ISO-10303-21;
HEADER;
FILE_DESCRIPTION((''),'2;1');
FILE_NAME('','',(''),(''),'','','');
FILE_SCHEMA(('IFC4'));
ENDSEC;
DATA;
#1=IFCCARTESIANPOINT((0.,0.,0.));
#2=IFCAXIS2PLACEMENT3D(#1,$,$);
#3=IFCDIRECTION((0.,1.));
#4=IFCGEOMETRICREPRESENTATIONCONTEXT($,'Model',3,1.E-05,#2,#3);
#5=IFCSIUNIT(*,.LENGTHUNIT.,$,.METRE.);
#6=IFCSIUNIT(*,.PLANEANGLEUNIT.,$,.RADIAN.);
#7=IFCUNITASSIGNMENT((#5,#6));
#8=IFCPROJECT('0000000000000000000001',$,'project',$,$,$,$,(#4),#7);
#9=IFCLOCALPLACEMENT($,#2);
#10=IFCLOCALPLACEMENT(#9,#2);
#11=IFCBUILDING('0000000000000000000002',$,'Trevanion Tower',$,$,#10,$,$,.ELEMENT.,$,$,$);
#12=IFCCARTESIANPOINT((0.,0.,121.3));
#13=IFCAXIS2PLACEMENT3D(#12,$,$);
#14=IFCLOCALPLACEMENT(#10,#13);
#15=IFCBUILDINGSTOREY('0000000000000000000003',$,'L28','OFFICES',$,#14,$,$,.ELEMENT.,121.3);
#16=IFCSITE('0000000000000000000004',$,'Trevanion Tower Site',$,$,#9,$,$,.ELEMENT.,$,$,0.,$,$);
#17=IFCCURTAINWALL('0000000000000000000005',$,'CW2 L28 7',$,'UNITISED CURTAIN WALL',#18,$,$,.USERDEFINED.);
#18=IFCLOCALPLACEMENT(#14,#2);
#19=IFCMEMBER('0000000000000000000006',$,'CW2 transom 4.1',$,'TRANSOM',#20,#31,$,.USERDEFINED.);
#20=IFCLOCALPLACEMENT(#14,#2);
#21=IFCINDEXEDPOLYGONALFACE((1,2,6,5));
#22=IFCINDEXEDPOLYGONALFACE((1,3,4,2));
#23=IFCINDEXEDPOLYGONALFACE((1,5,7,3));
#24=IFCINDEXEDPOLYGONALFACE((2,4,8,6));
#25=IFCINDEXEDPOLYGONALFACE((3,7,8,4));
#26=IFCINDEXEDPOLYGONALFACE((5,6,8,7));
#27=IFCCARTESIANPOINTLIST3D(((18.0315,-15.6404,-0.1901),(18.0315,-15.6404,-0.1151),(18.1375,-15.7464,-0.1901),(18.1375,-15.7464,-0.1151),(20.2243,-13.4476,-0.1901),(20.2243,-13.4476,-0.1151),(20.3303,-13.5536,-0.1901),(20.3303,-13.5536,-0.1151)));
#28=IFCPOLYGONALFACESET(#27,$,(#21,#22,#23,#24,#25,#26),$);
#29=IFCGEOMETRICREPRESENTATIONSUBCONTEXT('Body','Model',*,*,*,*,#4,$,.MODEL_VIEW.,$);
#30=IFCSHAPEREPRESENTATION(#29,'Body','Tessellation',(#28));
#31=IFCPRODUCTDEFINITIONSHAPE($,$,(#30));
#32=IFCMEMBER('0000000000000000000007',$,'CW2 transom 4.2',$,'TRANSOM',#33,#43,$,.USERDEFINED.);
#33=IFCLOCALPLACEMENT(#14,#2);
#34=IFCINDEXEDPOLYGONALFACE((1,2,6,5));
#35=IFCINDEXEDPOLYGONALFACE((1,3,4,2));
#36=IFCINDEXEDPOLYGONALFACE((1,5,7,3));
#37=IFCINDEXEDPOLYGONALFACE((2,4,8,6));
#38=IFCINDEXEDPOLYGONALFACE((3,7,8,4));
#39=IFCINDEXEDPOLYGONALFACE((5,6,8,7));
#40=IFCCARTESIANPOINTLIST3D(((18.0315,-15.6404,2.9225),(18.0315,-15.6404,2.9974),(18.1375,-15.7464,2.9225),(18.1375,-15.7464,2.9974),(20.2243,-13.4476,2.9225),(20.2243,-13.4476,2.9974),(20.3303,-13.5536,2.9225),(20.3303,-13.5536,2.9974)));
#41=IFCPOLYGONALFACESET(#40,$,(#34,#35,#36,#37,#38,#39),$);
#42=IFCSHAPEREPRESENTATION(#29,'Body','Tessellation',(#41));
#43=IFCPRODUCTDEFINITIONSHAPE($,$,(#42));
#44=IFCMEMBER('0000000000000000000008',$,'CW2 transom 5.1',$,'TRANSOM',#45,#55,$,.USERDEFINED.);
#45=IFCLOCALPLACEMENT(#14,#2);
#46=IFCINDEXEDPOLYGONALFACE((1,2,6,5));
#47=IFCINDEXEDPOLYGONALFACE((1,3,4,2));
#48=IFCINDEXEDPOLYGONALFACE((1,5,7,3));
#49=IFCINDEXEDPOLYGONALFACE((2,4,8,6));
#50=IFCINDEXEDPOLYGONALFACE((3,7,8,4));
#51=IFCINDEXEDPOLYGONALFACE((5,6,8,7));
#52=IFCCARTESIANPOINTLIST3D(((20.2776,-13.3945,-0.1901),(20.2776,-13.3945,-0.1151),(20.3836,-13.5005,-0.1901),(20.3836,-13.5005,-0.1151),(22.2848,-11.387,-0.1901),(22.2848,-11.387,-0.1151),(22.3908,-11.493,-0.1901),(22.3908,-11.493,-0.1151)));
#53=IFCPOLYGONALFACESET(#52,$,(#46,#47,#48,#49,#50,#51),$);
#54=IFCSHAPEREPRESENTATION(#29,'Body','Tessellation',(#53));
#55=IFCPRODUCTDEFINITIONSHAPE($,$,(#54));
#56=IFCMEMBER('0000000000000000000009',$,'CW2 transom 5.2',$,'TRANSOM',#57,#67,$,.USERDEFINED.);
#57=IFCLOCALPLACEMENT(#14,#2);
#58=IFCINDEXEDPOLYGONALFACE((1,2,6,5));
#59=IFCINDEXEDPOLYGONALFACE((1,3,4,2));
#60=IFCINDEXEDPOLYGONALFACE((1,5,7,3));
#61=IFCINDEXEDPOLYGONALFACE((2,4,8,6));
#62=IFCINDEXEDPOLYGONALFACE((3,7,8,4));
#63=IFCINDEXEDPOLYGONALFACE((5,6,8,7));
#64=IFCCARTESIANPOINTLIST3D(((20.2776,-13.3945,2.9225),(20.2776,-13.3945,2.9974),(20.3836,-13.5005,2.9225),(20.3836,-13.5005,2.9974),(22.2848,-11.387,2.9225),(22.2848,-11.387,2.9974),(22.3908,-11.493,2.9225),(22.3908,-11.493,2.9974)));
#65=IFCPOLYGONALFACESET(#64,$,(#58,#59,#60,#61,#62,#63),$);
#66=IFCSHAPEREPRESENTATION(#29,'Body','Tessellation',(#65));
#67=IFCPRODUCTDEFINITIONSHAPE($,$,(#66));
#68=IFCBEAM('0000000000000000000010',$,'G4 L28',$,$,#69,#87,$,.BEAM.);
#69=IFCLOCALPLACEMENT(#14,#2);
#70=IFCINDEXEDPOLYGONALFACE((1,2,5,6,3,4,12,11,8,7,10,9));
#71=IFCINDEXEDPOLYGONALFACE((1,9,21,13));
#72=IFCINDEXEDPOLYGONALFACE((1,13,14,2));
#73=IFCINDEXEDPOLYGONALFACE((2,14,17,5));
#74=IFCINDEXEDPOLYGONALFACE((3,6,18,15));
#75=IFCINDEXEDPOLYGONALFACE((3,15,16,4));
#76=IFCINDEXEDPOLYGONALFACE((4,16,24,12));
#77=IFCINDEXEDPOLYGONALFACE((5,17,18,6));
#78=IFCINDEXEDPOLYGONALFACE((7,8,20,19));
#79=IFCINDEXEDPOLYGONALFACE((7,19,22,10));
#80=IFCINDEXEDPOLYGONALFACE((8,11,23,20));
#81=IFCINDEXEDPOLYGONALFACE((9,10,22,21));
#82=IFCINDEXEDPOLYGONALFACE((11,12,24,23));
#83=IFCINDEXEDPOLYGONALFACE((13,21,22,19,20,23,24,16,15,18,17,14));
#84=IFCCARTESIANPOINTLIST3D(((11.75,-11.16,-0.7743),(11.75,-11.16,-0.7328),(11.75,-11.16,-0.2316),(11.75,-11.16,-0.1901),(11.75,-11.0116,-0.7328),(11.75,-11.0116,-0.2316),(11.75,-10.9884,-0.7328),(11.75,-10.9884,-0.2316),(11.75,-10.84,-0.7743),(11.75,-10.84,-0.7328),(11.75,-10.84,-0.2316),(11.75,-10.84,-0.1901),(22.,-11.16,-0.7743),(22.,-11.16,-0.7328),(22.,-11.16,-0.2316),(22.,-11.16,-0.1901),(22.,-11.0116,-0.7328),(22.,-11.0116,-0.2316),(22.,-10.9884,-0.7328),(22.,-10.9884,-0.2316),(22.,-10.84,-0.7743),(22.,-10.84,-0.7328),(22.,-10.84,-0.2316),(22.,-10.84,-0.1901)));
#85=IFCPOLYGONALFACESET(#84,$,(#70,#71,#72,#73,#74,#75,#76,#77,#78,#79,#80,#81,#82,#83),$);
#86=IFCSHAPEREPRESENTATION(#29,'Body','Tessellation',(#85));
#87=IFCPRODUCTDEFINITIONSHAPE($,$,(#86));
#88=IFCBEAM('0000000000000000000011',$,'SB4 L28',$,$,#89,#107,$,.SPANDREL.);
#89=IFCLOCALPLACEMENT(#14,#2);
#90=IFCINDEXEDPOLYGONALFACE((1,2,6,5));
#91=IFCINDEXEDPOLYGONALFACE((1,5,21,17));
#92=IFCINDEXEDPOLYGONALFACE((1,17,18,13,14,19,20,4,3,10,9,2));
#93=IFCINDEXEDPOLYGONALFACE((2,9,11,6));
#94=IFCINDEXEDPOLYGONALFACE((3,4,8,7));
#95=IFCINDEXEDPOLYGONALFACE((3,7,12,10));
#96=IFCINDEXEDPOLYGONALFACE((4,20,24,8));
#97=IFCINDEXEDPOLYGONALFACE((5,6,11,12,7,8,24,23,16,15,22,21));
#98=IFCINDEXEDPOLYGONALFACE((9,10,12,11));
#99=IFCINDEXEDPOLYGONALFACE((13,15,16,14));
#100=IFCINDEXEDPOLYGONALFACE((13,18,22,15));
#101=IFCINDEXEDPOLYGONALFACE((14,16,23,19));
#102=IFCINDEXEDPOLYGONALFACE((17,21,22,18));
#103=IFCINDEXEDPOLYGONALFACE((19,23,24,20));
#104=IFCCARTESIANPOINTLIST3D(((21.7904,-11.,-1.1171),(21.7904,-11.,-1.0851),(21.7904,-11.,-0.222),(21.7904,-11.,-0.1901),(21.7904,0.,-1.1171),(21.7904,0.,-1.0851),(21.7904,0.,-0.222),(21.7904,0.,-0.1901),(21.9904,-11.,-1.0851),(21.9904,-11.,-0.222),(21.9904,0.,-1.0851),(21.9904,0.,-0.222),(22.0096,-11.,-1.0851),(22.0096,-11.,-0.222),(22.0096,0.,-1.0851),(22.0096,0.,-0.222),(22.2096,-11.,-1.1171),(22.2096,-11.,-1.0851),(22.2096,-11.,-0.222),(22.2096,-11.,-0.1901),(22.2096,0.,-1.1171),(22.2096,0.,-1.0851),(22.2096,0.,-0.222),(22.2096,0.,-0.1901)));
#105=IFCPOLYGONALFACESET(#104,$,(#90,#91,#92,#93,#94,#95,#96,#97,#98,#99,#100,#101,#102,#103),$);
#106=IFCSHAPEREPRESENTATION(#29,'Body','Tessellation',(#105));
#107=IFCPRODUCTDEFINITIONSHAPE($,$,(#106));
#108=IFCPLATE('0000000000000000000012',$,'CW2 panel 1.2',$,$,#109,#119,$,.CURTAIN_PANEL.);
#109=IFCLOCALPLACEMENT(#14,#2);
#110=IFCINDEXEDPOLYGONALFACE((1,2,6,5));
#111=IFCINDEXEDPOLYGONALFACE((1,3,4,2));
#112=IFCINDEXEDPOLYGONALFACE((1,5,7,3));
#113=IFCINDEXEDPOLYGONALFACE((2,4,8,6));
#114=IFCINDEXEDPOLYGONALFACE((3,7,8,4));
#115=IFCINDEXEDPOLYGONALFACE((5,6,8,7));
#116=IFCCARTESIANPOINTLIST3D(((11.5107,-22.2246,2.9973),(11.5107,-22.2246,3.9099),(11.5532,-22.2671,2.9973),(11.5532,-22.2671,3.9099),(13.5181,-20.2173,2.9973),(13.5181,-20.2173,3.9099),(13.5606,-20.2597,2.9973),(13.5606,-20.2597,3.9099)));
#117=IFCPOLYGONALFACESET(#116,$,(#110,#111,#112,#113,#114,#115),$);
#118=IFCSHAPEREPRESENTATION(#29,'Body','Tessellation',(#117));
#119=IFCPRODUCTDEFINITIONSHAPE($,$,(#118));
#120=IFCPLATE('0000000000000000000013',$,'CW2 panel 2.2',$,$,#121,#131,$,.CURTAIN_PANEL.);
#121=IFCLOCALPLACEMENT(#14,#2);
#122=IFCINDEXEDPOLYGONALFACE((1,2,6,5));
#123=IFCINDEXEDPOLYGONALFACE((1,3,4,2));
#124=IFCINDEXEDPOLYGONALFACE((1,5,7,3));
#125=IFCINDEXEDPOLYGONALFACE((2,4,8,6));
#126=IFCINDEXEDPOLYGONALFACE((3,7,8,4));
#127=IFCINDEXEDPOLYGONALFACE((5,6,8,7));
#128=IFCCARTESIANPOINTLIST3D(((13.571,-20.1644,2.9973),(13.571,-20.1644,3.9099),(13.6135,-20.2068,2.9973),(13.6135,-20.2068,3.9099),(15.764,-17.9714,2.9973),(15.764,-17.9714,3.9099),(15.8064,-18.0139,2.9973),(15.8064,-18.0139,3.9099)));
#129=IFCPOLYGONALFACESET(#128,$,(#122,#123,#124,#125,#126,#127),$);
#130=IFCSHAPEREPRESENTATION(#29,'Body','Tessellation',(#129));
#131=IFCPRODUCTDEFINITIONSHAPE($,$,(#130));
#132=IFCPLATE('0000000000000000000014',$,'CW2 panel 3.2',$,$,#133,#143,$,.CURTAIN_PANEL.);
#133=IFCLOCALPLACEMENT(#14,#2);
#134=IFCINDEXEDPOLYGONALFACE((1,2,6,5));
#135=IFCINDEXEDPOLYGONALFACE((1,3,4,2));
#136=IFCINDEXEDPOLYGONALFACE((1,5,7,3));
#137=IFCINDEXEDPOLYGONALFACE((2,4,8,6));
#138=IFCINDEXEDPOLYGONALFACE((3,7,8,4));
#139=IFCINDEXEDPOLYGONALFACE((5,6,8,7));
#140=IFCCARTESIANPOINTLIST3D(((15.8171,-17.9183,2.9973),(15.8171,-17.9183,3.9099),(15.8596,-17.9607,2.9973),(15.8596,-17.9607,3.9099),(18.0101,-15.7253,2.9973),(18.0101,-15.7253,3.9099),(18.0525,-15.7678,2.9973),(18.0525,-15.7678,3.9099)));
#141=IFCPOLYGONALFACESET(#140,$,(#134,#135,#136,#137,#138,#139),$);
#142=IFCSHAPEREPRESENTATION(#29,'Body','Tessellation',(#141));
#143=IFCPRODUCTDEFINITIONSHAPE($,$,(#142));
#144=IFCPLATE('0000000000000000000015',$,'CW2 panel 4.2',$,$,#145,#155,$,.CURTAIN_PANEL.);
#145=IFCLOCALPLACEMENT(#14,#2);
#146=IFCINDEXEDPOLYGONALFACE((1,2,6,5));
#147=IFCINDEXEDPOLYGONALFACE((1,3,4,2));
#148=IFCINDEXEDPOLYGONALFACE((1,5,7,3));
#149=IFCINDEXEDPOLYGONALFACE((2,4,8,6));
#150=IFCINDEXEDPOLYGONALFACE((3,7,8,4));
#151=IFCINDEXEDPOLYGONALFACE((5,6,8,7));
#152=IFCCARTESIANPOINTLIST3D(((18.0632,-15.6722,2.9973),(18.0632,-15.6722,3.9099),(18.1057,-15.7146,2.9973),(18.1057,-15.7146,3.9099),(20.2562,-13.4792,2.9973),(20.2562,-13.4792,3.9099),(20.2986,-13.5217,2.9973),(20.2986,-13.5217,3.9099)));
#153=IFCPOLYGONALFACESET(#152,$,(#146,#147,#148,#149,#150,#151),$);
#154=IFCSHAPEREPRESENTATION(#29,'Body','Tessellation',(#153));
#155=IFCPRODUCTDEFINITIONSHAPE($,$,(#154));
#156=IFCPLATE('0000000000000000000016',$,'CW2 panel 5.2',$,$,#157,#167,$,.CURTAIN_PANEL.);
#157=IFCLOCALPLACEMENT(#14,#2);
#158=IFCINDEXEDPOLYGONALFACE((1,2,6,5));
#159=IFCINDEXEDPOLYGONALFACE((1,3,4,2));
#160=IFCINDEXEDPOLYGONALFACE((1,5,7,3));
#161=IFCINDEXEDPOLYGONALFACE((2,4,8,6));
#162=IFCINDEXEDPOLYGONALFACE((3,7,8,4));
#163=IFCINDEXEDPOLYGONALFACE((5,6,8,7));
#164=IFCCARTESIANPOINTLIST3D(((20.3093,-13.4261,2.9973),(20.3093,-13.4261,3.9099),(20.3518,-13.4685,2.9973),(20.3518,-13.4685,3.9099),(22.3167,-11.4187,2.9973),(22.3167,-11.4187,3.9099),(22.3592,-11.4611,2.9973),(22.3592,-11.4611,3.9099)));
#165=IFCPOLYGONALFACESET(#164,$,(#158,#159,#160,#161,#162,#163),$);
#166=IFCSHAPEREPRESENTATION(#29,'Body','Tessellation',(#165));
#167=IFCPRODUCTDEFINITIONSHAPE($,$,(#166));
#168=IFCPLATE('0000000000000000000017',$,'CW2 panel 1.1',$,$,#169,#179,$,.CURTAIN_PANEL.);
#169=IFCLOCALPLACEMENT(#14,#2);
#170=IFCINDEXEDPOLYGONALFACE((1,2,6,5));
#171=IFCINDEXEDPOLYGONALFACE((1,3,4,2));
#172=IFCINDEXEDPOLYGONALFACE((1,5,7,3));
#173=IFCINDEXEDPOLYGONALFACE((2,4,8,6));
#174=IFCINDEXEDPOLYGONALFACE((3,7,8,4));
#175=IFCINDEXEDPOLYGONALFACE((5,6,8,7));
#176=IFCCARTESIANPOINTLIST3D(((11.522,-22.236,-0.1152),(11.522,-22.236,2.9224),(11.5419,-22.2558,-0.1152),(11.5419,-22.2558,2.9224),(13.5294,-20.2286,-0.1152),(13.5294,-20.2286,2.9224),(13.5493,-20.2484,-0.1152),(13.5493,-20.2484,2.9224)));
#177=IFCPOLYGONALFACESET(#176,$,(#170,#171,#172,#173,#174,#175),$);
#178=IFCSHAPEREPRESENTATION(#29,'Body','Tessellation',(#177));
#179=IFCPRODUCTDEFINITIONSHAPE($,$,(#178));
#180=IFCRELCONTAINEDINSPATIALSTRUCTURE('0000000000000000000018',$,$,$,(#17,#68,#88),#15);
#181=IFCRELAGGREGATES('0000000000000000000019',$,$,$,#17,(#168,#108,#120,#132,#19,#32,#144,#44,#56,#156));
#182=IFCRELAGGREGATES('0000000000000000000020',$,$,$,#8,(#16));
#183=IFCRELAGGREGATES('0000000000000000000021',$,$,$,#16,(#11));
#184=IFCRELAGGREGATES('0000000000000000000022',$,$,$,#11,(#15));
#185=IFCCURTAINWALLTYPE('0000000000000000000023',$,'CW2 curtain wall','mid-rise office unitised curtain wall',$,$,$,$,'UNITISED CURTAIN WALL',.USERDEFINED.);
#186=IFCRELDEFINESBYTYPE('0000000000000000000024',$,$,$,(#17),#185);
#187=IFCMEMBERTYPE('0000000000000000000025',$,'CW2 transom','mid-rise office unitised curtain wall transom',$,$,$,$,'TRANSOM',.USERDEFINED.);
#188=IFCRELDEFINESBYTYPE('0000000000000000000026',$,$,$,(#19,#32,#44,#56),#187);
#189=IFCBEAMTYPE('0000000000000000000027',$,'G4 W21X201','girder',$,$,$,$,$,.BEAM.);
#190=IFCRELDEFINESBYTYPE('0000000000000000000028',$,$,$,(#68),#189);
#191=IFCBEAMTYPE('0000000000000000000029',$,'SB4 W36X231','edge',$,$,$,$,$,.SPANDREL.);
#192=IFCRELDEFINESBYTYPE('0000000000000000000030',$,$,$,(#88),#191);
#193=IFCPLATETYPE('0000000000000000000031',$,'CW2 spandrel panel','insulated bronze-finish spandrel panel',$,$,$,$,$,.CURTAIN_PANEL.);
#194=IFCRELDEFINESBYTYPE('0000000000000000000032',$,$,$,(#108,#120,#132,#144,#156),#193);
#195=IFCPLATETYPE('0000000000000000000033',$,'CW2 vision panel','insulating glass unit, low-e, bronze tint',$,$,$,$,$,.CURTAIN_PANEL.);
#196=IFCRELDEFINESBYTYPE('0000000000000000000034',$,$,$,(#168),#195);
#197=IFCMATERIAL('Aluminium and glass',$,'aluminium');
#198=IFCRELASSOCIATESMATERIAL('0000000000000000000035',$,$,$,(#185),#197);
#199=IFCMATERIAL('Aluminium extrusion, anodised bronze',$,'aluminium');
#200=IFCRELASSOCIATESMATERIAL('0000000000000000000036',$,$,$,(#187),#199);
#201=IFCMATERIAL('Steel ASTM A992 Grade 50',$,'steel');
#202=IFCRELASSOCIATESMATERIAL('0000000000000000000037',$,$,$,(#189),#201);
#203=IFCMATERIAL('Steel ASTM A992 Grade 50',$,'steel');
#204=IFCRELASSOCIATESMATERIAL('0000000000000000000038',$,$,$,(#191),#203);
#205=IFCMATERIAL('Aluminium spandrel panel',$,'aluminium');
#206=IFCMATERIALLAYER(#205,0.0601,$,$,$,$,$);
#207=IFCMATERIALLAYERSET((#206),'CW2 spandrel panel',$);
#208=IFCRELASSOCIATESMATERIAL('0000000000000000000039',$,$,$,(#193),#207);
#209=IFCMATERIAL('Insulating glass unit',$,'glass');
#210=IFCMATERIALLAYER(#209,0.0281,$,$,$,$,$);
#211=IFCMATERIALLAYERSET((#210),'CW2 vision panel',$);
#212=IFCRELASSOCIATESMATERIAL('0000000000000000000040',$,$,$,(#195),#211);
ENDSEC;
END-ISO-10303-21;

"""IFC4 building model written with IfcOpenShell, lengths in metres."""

from ifc_helpers import new_model, si_unit, direction, frame, origin, origin_2d, place, context, subcontext, project, spatial, rectangle, i_section, extrude, material, layer, layer_set, material_profile, profile_set, type_object, element, aggregate, save


model = new_model("IFC4")

# Units and contexts
model_context = context("Model", 3, precision=1e-05, world=origin(), true_north=direction((0.0, 1.0)))
body_context = subcontext(model_context, "Body", "Model", "MODEL_VIEW")
ifc_project = project(units=[si_unit("LENGTHUNIT", "METRE"), si_unit("PLANEANGLEUNIT", "RADIAN")], contexts=[model_context])

# Site, building, storey
site_placement = place(None, origin())
site = spatial("IfcSite", under=ifc_project, at=site_placement, Name="Trevanion Tower Site", CompositionType="ELEMENT", RefElevation=0.0)
building_placement = place(site_placement, origin())
building = spatial("IfcBuilding", under=site, at=building_placement, Name="Trevanion Tower", CompositionType="ELEMENT")
storey_placement = place(building_placement, frame((0.0, 0.0, 121.3)))
storey = spatial("IfcBuildingStorey", under=building, at=storey_placement, Name="L28", Description="OFFICES", CompositionType="ELEMENT", Elevation=121.3)

# Curtain wall, members
ifc_material_1 = material(Name="Aluminium and glass", Category="aluminium")
curtain_wall_type = type_object("IfcCurtainWallType", Name="CW2 curtain wall", Description="mid-rise office unitised curtain wall", ElementType="UNITISED CURTAIN WALL", PredefinedType="USERDEFINED", material=ifc_material_1)
curtain_wall_placement = place(storey_placement, origin())
curtain_wall = element("IfcCurtainWall", 1, at=curtain_wall_placement, inside=storey, type_object=curtain_wall_type, Name="CW2 L28 7", ObjectType="UNITISED CURTAIN WALL", PredefinedType="USERDEFINED")
ifc_material_2 = material(Name="Aluminium extrusion, anodised bronze", Category="aluminium")
ifc_material_profile_1 = material_profile(ifc_material_2, rectangle(XDim=0.1499, YDim=0.075, at=origin_2d()), Name="CW2 transom")
ifc_profile_set_1 = profile_set([ifc_material_profile_1], Name="Aluminium extrusion, anodised bronze")
member_type_1 = type_object("IfcMemberType", Name="CW2 transom", Description="mid-rise office unitised curtain wall transom", ElementType="TRANSOM", PredefinedType="USERDEFINED", material=ifc_profile_set_1)
member_1_placement = place(storey_placement, frame((18.0845, -15.6934, -0.1526), z_axis=(0.707107, 0.707107, 0.0), x_axis=(-0.707107, 0.707107, 0.0)))
member_1 = element("IfcMember", 2, at=member_1_placement, type_object=member_type_1, Name="CW2 transom 4.1", ObjectType="TRANSOM", PredefinedType="USERDEFINED", context=body_context, shape_type="SweptSolid", body=[
    extrude(rectangle(XDim=0.1499, YDim=0.075, at=origin_2d()), origin(), (0.0, 0.0, 1.0), 3.1011),
])
member_2_placement = place(storey_placement, frame((18.0845, -15.6934, 2.96), z_axis=(0.707107, 0.707107, 0.0), x_axis=(-0.707107, 0.707107, 0.0)))
member_2 = element("IfcMember", 3, at=member_2_placement, type_object=member_type_1, Name="CW2 transom 4.2", ObjectType="TRANSOM", PredefinedType="USERDEFINED", context=body_context, shape_type="SweptSolid", body=[
    extrude(rectangle(XDim=0.1499, YDim=0.075, at=origin_2d()), origin(), (0.0, 0.0, 1.0), 3.1011),
])
member_3_placement = place(storey_placement, frame((20.3306, -13.4475, -0.1526), z_axis=(0.707064, 0.70715, 0.0), x_axis=(-0.70715, 0.707064, 0.0)))
member_3 = element("IfcMember", 4, at=member_3_placement, type_object=member_type_1, Name="CW2 transom 5.1", ObjectType="TRANSOM", PredefinedType="USERDEFINED", context=body_context, shape_type="SweptSolid", body=[
    extrude(rectangle(XDim=0.1499, YDim=0.075, at=origin_2d()), origin(), (0.0, 0.0, 1.0), 2.8389),
])
member_4_placement = place(storey_placement, frame((20.3306, -13.4475, 2.96), z_axis=(0.707064, 0.70715, 0.0), x_axis=(-0.70715, 0.707064, 0.0)))
member_4 = element("IfcMember", 5, at=member_4_placement, type_object=member_type_1, Name="CW2 transom 5.2", ObjectType="TRANSOM", PredefinedType="USERDEFINED", context=body_context, shape_type="SweptSolid", body=[
    extrude(rectangle(XDim=0.1499, YDim=0.075, at=origin_2d()), origin(), (0.0, 0.0, 1.0), 2.8389),
])

# Beams
ifc_material_3 = material(Name="Steel ASTM A992 Grade 50", Category="steel")
ifc_material_profile_2 = material_profile(ifc_material_3, i_section(OverallWidth=0.3201, OverallDepth=0.5842, WebThickness=0.0232, FlangeThickness=0.0415, at=origin_2d()), Name="W21X201")
ifc_profile_set_2 = profile_set([ifc_material_profile_2], Name="Steel ASTM A992 Grade 50")
beam_type_1 = type_object("IfcBeamType", Name="G4 W21X201", Description="girder", PredefinedType="BEAM", material=ifc_profile_set_2)
beam_1_placement = place(storey_placement, frame((11.75, -11.0, -0.4822), z_axis=(1.0, 0.0, 0.0), x_axis=(0.0, 1.0, 0.0)))
element("IfcBeam", 6, at=beam_1_placement, inside=storey, type_object=beam_type_1, Name="G4 L28", PredefinedType="BEAM", context=body_context, shape_type="SweptSolid", body=[
    extrude(i_section(OverallWidth=0.3201, OverallDepth=0.5842, WebThickness=0.0232, FlangeThickness=0.0415, at=origin_2d()), origin(), (0.0, 0.0, 1.0), 10.25),
])
ifc_material_4 = material(Name="Steel ASTM A992 Grade 50", Category="steel")
ifc_material_profile_3 = material_profile(ifc_material_4, i_section(OverallWidth=0.4192, OverallDepth=0.927, WebThickness=0.0193, FlangeThickness=0.032, at=origin_2d()), Name="W36X231")
ifc_profile_set_3 = profile_set([ifc_material_profile_3], Name="Steel ASTM A992 Grade 50")
beam_type_2 = type_object("IfcBeamType", Name="SB4 W36X231", Description="edge", PredefinedType="SPANDREL", material=ifc_profile_set_3)
beam_2_placement = place(storey_placement, frame((22.0, -11.0, -0.6536), z_axis=(0.0, 1.0, 0.0), x_axis=(-1.0, 0.0, 0.0)))
element("IfcBeam", 7, at=beam_2_placement, inside=storey, type_object=beam_type_2, Name="SB4 L28", PredefinedType="SPANDREL", context=body_context, shape_type="SweptSolid", body=[
    extrude(i_section(OverallWidth=0.4192, OverallDepth=0.927, WebThickness=0.0193, FlangeThickness=0.032, at=origin_2d()), origin(), (0.0, 0.0, 1.0), 11.0),
])

# Plates
ifc_material_5 = material(Name="Aluminium spandrel panel", Category="aluminium")
ifc_layer_1 = layer(ifc_material_5, 0.0601)
ifc_layer_set_1 = layer_set([ifc_layer_1], Name="CW2 spandrel panel")
plate_type_1 = type_object("IfcPlateType", Name="CW2 spandrel panel", Description="insulated bronze-finish spandrel panel", PredefinedType="CURTAIN_PANEL", material=ifc_layer_set_1)
plate_1_placement = place(storey_placement, frame((12.5356, -21.2422, 2.9973), z_axis=(0.0, 0.0, 1.0), x_axis=(0.707107, 0.707107, 0.0)))
plate_1 = element("IfcPlate", 8, at=plate_1_placement, type_object=plate_type_1, Name="CW2 panel 1.2", PredefinedType="CURTAIN_PANEL", context=body_context, shape_type="SweptSolid", body=[
    extrude(rectangle(XDim=2.8389, YDim=0.0601, at=origin_2d()), origin(), (0.0, 0.0, 1.0), 0.9126),
])
plate_2_placement = place(storey_placement, frame((14.6887, -19.0891, 2.9973), z_axis=(0.0, 0.0, 1.0), x_axis=(0.707107, 0.707107, 0.0)))
plate_2 = element("IfcPlate", 9, at=plate_2_placement, type_object=plate_type_1, Name="CW2 panel 2.2", PredefinedType="CURTAIN_PANEL", context=body_context, shape_type="SweptSolid", body=[
    extrude(rectangle(XDim=3.1013, YDim=0.0601, at=origin_2d()), origin(), (0.0, 0.0, 1.0), 0.9126),
])
plate_3_placement = place(storey_placement, frame((16.9348, -16.843, 2.9973), z_axis=(0.0, 0.0, 1.0), x_axis=(0.707107, 0.707107, 0.0)))
plate_3 = element("IfcPlate", 10, at=plate_3_placement, type_object=plate_type_1, Name="CW2 panel 3.2", PredefinedType="CURTAIN_PANEL", context=body_context, shape_type="SweptSolid", body=[
    extrude(rectangle(XDim=3.1013, YDim=0.0601, at=origin_2d()), origin(), (0.0, 0.0, 1.0), 0.9126),
])
plate_4_placement = place(storey_placement, frame((19.1809, -14.5969, 2.9973), z_axis=(0.0, 0.0, 1.0), x_axis=(0.707107, 0.707107, 0.0)))
plate_4 = element("IfcPlate", 11, at=plate_4_placement, type_object=plate_type_1, Name="CW2 panel 4.2", PredefinedType="CURTAIN_PANEL", context=body_context, shape_type="SweptSolid", body=[
    extrude(rectangle(XDim=3.1013, YDim=0.0601, at=origin_2d()), origin(), (0.0, 0.0, 1.0), 0.9126),
])
plate_5_placement = place(storey_placement, frame((21.3342, -12.4436, 2.9973), z_axis=(0.0, 0.0, 1.0), x_axis=(0.707107, 0.707107, 0.0)))
plate_5 = element("IfcPlate", 12, at=plate_5_placement, type_object=plate_type_1, Name="CW2 panel 5.2", PredefinedType="CURTAIN_PANEL", context=body_context, shape_type="SweptSolid", body=[
    extrude(rectangle(XDim=2.8389, YDim=0.0601, at=origin_2d()), origin(), (0.0, 0.0, 1.0), 0.9126),
])
ifc_material_6 = material(Name="Insulating glass unit", Category="glass")
ifc_layer_2 = layer(ifc_material_6, 0.0281)
ifc_layer_set_2 = layer_set([ifc_layer_2], Name="CW2 vision panel")
plate_type_2 = type_object("IfcPlateType", Name="CW2 vision panel", Description="insulating glass unit, low-e, bronze tint", PredefinedType="CURTAIN_PANEL", material=ifc_layer_set_2)
plate_6_placement = place(storey_placement, frame((12.5356, -21.2422, -0.1152), z_axis=(0.0, 0.0, 1.0), x_axis=(0.707107, 0.707107, 0.0)))
plate_6 = element("IfcPlate", 13, at=plate_6_placement, type_object=plate_type_2, Name="CW2 panel 1.1", PredefinedType="CURTAIN_PANEL", context=body_context, shape_type="SweptSolid", body=[
    extrude(rectangle(XDim=2.8389, YDim=0.0281, at=origin_2d()), origin(), (0.0, 0.0, 1.0), 3.0376),
])
aggregate(curtain_wall, [plate_6, plate_1, plate_2, plate_3, member_1, member_2, plate_4, member_3, member_4, plate_5])

save(model, "model.ifc")
